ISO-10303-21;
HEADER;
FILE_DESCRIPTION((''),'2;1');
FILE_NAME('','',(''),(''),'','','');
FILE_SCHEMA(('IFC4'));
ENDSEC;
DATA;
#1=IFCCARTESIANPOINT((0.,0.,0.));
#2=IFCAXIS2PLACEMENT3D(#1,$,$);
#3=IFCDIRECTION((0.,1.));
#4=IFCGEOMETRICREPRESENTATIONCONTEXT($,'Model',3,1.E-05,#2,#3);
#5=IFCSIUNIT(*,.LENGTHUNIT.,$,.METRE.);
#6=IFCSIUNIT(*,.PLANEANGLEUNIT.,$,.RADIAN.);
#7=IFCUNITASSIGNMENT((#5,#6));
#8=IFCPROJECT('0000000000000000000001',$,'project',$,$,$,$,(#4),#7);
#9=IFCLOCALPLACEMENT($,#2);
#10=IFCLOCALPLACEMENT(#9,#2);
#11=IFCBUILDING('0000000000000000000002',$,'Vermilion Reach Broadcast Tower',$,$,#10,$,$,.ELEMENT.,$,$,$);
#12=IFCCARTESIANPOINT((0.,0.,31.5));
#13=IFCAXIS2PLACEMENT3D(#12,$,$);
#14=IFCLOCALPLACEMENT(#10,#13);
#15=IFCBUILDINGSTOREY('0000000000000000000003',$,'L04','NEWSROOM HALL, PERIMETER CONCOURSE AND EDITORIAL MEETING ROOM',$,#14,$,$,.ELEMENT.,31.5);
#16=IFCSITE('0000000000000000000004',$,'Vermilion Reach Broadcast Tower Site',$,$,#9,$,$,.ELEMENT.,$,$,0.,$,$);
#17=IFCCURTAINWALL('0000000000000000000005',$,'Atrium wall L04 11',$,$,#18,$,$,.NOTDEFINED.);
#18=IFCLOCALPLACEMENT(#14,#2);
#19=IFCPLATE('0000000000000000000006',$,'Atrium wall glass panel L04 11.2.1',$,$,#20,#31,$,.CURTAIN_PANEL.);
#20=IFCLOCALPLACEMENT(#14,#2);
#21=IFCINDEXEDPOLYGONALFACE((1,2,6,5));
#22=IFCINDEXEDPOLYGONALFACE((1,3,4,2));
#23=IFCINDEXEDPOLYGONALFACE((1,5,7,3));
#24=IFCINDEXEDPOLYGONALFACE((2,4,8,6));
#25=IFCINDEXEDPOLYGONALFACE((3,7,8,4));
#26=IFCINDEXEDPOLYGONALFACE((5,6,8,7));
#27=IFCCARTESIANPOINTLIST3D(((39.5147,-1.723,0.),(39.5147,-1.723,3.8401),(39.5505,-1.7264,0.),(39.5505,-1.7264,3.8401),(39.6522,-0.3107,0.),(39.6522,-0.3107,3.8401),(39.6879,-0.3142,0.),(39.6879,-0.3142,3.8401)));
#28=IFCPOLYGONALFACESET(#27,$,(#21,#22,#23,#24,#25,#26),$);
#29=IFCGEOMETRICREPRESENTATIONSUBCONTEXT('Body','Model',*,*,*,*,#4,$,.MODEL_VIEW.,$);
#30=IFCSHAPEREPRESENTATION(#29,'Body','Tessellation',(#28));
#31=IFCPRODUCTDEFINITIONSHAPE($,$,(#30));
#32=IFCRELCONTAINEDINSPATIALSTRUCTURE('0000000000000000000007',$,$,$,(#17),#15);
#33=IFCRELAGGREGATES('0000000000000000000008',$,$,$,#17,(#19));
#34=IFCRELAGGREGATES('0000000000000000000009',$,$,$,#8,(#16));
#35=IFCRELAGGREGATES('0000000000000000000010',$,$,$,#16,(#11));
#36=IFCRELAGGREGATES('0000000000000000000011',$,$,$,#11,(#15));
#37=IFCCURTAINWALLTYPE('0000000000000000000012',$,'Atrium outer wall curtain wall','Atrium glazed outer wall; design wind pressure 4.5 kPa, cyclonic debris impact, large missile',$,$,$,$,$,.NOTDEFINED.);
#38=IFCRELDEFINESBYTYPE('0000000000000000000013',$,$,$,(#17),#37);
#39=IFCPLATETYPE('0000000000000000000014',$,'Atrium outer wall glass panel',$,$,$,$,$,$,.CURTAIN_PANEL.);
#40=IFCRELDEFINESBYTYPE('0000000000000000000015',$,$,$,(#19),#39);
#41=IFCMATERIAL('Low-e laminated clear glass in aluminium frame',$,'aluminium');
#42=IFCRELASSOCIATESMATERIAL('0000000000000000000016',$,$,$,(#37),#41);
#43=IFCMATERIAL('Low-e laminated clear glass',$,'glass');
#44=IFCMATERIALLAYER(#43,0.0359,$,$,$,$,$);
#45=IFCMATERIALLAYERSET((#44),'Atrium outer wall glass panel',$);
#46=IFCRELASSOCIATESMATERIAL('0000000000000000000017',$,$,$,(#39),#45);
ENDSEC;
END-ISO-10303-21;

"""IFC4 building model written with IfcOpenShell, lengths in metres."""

from ifc_helpers import new_model, si_unit, direction, frame, origin, origin_2d, place, context, subcontext, project, spatial, rectangle, extrude, material, layer, layer_set, type_object, element, aggregate, save


model = new_model("IFC4")

# Units and contexts
model_context = context("Model", 3, precision=1e-05, world=origin(), true_north=direction((0.0, 1.0)))
body_context = subcontext(model_context, "Body", "Model", "MODEL_VIEW")
ifc_project = project(units=[si_unit("LENGTHUNIT", "METRE"), si_unit("PLANEANGLEUNIT", "RADIAN")], contexts=[model_context])

# Site, building, storey
site_placement = place(None, origin())
site = spatial("IfcSite", under=ifc_project, at=site_placement, Name="Vermilion Reach Broadcast Tower Site", CompositionType="ELEMENT", RefElevation=0.0)
building_placement = place(site_placement, origin())
building = spatial("IfcBuilding", under=site, at=building_placement, Name="Vermilion Reach Broadcast Tower", CompositionType="ELEMENT")
storey_placement = place(building_placement, frame((0.0, 0.0, 31.5)))
storey = spatial("IfcBuildingStorey", under=building, at=storey_placement, Name="L04", Description="NEWSROOM HALL, PERIMETER CONCOURSE AND EDITORIAL MEETING ROOM", CompositionType="ELEMENT", Elevation=31.5)

# Shared definitions
ifc_material_1 = material(Name="Low-e laminated clear glass in aluminium frame", Category="aluminium")
curtain_wall_type = type_object("IfcCurtainWallType", Name="Atrium outer wall curtain wall", Description="Atrium glazed outer wall; design wind pressure 4.5 kPa, cyclonic debris impact, large missile", PredefinedType="NOTDEFINED", material=ifc_material_1)
placement = place(storey_placement, origin())

# Curtain wall
curtain_wall_1 = element("IfcCurtainWall", 1, at=placement, inside=storey, type_object=curtain_wall_type, Name="Atrium wall L04 11", PredefinedType="NOTDEFINED")

# Plate
ifc_material_2 = material(Name="Low-e laminated clear glass", Category="glass")
ifc_layer = layer(ifc_material_2, 0.0359)
ifc_layer_set = layer_set([ifc_layer], Name="Atrium outer wall glass panel")
plate_type = type_object("IfcPlateType", Name="Atrium outer wall glass panel", PredefinedType="CURTAIN_PANEL", material=ifc_layer_set)
plate_1_placement = place(storey_placement, frame((39.6013, -1.0186, 0.0), z_axis=(0.0, 0.0, 1.0), x_axis=(0.096861, 0.995298, 0.0)))
plate_1 = element("IfcPlate", 2, at=plate_1_placement, type_object=plate_type, Name="Atrium wall glass panel L04 11.2.1", PredefinedType="CURTAIN_PANEL", context=body_context, shape_type="SweptSolid", body=[
    extrude(rectangle(XDim=1.4189, YDim=0.0359, at=origin_2d()), origin(), (0.0, 0.0, 1.0), 3.8401),
])
aggregate(curtain_wall_1, [plate_1])

save(model, "model.ifc")
